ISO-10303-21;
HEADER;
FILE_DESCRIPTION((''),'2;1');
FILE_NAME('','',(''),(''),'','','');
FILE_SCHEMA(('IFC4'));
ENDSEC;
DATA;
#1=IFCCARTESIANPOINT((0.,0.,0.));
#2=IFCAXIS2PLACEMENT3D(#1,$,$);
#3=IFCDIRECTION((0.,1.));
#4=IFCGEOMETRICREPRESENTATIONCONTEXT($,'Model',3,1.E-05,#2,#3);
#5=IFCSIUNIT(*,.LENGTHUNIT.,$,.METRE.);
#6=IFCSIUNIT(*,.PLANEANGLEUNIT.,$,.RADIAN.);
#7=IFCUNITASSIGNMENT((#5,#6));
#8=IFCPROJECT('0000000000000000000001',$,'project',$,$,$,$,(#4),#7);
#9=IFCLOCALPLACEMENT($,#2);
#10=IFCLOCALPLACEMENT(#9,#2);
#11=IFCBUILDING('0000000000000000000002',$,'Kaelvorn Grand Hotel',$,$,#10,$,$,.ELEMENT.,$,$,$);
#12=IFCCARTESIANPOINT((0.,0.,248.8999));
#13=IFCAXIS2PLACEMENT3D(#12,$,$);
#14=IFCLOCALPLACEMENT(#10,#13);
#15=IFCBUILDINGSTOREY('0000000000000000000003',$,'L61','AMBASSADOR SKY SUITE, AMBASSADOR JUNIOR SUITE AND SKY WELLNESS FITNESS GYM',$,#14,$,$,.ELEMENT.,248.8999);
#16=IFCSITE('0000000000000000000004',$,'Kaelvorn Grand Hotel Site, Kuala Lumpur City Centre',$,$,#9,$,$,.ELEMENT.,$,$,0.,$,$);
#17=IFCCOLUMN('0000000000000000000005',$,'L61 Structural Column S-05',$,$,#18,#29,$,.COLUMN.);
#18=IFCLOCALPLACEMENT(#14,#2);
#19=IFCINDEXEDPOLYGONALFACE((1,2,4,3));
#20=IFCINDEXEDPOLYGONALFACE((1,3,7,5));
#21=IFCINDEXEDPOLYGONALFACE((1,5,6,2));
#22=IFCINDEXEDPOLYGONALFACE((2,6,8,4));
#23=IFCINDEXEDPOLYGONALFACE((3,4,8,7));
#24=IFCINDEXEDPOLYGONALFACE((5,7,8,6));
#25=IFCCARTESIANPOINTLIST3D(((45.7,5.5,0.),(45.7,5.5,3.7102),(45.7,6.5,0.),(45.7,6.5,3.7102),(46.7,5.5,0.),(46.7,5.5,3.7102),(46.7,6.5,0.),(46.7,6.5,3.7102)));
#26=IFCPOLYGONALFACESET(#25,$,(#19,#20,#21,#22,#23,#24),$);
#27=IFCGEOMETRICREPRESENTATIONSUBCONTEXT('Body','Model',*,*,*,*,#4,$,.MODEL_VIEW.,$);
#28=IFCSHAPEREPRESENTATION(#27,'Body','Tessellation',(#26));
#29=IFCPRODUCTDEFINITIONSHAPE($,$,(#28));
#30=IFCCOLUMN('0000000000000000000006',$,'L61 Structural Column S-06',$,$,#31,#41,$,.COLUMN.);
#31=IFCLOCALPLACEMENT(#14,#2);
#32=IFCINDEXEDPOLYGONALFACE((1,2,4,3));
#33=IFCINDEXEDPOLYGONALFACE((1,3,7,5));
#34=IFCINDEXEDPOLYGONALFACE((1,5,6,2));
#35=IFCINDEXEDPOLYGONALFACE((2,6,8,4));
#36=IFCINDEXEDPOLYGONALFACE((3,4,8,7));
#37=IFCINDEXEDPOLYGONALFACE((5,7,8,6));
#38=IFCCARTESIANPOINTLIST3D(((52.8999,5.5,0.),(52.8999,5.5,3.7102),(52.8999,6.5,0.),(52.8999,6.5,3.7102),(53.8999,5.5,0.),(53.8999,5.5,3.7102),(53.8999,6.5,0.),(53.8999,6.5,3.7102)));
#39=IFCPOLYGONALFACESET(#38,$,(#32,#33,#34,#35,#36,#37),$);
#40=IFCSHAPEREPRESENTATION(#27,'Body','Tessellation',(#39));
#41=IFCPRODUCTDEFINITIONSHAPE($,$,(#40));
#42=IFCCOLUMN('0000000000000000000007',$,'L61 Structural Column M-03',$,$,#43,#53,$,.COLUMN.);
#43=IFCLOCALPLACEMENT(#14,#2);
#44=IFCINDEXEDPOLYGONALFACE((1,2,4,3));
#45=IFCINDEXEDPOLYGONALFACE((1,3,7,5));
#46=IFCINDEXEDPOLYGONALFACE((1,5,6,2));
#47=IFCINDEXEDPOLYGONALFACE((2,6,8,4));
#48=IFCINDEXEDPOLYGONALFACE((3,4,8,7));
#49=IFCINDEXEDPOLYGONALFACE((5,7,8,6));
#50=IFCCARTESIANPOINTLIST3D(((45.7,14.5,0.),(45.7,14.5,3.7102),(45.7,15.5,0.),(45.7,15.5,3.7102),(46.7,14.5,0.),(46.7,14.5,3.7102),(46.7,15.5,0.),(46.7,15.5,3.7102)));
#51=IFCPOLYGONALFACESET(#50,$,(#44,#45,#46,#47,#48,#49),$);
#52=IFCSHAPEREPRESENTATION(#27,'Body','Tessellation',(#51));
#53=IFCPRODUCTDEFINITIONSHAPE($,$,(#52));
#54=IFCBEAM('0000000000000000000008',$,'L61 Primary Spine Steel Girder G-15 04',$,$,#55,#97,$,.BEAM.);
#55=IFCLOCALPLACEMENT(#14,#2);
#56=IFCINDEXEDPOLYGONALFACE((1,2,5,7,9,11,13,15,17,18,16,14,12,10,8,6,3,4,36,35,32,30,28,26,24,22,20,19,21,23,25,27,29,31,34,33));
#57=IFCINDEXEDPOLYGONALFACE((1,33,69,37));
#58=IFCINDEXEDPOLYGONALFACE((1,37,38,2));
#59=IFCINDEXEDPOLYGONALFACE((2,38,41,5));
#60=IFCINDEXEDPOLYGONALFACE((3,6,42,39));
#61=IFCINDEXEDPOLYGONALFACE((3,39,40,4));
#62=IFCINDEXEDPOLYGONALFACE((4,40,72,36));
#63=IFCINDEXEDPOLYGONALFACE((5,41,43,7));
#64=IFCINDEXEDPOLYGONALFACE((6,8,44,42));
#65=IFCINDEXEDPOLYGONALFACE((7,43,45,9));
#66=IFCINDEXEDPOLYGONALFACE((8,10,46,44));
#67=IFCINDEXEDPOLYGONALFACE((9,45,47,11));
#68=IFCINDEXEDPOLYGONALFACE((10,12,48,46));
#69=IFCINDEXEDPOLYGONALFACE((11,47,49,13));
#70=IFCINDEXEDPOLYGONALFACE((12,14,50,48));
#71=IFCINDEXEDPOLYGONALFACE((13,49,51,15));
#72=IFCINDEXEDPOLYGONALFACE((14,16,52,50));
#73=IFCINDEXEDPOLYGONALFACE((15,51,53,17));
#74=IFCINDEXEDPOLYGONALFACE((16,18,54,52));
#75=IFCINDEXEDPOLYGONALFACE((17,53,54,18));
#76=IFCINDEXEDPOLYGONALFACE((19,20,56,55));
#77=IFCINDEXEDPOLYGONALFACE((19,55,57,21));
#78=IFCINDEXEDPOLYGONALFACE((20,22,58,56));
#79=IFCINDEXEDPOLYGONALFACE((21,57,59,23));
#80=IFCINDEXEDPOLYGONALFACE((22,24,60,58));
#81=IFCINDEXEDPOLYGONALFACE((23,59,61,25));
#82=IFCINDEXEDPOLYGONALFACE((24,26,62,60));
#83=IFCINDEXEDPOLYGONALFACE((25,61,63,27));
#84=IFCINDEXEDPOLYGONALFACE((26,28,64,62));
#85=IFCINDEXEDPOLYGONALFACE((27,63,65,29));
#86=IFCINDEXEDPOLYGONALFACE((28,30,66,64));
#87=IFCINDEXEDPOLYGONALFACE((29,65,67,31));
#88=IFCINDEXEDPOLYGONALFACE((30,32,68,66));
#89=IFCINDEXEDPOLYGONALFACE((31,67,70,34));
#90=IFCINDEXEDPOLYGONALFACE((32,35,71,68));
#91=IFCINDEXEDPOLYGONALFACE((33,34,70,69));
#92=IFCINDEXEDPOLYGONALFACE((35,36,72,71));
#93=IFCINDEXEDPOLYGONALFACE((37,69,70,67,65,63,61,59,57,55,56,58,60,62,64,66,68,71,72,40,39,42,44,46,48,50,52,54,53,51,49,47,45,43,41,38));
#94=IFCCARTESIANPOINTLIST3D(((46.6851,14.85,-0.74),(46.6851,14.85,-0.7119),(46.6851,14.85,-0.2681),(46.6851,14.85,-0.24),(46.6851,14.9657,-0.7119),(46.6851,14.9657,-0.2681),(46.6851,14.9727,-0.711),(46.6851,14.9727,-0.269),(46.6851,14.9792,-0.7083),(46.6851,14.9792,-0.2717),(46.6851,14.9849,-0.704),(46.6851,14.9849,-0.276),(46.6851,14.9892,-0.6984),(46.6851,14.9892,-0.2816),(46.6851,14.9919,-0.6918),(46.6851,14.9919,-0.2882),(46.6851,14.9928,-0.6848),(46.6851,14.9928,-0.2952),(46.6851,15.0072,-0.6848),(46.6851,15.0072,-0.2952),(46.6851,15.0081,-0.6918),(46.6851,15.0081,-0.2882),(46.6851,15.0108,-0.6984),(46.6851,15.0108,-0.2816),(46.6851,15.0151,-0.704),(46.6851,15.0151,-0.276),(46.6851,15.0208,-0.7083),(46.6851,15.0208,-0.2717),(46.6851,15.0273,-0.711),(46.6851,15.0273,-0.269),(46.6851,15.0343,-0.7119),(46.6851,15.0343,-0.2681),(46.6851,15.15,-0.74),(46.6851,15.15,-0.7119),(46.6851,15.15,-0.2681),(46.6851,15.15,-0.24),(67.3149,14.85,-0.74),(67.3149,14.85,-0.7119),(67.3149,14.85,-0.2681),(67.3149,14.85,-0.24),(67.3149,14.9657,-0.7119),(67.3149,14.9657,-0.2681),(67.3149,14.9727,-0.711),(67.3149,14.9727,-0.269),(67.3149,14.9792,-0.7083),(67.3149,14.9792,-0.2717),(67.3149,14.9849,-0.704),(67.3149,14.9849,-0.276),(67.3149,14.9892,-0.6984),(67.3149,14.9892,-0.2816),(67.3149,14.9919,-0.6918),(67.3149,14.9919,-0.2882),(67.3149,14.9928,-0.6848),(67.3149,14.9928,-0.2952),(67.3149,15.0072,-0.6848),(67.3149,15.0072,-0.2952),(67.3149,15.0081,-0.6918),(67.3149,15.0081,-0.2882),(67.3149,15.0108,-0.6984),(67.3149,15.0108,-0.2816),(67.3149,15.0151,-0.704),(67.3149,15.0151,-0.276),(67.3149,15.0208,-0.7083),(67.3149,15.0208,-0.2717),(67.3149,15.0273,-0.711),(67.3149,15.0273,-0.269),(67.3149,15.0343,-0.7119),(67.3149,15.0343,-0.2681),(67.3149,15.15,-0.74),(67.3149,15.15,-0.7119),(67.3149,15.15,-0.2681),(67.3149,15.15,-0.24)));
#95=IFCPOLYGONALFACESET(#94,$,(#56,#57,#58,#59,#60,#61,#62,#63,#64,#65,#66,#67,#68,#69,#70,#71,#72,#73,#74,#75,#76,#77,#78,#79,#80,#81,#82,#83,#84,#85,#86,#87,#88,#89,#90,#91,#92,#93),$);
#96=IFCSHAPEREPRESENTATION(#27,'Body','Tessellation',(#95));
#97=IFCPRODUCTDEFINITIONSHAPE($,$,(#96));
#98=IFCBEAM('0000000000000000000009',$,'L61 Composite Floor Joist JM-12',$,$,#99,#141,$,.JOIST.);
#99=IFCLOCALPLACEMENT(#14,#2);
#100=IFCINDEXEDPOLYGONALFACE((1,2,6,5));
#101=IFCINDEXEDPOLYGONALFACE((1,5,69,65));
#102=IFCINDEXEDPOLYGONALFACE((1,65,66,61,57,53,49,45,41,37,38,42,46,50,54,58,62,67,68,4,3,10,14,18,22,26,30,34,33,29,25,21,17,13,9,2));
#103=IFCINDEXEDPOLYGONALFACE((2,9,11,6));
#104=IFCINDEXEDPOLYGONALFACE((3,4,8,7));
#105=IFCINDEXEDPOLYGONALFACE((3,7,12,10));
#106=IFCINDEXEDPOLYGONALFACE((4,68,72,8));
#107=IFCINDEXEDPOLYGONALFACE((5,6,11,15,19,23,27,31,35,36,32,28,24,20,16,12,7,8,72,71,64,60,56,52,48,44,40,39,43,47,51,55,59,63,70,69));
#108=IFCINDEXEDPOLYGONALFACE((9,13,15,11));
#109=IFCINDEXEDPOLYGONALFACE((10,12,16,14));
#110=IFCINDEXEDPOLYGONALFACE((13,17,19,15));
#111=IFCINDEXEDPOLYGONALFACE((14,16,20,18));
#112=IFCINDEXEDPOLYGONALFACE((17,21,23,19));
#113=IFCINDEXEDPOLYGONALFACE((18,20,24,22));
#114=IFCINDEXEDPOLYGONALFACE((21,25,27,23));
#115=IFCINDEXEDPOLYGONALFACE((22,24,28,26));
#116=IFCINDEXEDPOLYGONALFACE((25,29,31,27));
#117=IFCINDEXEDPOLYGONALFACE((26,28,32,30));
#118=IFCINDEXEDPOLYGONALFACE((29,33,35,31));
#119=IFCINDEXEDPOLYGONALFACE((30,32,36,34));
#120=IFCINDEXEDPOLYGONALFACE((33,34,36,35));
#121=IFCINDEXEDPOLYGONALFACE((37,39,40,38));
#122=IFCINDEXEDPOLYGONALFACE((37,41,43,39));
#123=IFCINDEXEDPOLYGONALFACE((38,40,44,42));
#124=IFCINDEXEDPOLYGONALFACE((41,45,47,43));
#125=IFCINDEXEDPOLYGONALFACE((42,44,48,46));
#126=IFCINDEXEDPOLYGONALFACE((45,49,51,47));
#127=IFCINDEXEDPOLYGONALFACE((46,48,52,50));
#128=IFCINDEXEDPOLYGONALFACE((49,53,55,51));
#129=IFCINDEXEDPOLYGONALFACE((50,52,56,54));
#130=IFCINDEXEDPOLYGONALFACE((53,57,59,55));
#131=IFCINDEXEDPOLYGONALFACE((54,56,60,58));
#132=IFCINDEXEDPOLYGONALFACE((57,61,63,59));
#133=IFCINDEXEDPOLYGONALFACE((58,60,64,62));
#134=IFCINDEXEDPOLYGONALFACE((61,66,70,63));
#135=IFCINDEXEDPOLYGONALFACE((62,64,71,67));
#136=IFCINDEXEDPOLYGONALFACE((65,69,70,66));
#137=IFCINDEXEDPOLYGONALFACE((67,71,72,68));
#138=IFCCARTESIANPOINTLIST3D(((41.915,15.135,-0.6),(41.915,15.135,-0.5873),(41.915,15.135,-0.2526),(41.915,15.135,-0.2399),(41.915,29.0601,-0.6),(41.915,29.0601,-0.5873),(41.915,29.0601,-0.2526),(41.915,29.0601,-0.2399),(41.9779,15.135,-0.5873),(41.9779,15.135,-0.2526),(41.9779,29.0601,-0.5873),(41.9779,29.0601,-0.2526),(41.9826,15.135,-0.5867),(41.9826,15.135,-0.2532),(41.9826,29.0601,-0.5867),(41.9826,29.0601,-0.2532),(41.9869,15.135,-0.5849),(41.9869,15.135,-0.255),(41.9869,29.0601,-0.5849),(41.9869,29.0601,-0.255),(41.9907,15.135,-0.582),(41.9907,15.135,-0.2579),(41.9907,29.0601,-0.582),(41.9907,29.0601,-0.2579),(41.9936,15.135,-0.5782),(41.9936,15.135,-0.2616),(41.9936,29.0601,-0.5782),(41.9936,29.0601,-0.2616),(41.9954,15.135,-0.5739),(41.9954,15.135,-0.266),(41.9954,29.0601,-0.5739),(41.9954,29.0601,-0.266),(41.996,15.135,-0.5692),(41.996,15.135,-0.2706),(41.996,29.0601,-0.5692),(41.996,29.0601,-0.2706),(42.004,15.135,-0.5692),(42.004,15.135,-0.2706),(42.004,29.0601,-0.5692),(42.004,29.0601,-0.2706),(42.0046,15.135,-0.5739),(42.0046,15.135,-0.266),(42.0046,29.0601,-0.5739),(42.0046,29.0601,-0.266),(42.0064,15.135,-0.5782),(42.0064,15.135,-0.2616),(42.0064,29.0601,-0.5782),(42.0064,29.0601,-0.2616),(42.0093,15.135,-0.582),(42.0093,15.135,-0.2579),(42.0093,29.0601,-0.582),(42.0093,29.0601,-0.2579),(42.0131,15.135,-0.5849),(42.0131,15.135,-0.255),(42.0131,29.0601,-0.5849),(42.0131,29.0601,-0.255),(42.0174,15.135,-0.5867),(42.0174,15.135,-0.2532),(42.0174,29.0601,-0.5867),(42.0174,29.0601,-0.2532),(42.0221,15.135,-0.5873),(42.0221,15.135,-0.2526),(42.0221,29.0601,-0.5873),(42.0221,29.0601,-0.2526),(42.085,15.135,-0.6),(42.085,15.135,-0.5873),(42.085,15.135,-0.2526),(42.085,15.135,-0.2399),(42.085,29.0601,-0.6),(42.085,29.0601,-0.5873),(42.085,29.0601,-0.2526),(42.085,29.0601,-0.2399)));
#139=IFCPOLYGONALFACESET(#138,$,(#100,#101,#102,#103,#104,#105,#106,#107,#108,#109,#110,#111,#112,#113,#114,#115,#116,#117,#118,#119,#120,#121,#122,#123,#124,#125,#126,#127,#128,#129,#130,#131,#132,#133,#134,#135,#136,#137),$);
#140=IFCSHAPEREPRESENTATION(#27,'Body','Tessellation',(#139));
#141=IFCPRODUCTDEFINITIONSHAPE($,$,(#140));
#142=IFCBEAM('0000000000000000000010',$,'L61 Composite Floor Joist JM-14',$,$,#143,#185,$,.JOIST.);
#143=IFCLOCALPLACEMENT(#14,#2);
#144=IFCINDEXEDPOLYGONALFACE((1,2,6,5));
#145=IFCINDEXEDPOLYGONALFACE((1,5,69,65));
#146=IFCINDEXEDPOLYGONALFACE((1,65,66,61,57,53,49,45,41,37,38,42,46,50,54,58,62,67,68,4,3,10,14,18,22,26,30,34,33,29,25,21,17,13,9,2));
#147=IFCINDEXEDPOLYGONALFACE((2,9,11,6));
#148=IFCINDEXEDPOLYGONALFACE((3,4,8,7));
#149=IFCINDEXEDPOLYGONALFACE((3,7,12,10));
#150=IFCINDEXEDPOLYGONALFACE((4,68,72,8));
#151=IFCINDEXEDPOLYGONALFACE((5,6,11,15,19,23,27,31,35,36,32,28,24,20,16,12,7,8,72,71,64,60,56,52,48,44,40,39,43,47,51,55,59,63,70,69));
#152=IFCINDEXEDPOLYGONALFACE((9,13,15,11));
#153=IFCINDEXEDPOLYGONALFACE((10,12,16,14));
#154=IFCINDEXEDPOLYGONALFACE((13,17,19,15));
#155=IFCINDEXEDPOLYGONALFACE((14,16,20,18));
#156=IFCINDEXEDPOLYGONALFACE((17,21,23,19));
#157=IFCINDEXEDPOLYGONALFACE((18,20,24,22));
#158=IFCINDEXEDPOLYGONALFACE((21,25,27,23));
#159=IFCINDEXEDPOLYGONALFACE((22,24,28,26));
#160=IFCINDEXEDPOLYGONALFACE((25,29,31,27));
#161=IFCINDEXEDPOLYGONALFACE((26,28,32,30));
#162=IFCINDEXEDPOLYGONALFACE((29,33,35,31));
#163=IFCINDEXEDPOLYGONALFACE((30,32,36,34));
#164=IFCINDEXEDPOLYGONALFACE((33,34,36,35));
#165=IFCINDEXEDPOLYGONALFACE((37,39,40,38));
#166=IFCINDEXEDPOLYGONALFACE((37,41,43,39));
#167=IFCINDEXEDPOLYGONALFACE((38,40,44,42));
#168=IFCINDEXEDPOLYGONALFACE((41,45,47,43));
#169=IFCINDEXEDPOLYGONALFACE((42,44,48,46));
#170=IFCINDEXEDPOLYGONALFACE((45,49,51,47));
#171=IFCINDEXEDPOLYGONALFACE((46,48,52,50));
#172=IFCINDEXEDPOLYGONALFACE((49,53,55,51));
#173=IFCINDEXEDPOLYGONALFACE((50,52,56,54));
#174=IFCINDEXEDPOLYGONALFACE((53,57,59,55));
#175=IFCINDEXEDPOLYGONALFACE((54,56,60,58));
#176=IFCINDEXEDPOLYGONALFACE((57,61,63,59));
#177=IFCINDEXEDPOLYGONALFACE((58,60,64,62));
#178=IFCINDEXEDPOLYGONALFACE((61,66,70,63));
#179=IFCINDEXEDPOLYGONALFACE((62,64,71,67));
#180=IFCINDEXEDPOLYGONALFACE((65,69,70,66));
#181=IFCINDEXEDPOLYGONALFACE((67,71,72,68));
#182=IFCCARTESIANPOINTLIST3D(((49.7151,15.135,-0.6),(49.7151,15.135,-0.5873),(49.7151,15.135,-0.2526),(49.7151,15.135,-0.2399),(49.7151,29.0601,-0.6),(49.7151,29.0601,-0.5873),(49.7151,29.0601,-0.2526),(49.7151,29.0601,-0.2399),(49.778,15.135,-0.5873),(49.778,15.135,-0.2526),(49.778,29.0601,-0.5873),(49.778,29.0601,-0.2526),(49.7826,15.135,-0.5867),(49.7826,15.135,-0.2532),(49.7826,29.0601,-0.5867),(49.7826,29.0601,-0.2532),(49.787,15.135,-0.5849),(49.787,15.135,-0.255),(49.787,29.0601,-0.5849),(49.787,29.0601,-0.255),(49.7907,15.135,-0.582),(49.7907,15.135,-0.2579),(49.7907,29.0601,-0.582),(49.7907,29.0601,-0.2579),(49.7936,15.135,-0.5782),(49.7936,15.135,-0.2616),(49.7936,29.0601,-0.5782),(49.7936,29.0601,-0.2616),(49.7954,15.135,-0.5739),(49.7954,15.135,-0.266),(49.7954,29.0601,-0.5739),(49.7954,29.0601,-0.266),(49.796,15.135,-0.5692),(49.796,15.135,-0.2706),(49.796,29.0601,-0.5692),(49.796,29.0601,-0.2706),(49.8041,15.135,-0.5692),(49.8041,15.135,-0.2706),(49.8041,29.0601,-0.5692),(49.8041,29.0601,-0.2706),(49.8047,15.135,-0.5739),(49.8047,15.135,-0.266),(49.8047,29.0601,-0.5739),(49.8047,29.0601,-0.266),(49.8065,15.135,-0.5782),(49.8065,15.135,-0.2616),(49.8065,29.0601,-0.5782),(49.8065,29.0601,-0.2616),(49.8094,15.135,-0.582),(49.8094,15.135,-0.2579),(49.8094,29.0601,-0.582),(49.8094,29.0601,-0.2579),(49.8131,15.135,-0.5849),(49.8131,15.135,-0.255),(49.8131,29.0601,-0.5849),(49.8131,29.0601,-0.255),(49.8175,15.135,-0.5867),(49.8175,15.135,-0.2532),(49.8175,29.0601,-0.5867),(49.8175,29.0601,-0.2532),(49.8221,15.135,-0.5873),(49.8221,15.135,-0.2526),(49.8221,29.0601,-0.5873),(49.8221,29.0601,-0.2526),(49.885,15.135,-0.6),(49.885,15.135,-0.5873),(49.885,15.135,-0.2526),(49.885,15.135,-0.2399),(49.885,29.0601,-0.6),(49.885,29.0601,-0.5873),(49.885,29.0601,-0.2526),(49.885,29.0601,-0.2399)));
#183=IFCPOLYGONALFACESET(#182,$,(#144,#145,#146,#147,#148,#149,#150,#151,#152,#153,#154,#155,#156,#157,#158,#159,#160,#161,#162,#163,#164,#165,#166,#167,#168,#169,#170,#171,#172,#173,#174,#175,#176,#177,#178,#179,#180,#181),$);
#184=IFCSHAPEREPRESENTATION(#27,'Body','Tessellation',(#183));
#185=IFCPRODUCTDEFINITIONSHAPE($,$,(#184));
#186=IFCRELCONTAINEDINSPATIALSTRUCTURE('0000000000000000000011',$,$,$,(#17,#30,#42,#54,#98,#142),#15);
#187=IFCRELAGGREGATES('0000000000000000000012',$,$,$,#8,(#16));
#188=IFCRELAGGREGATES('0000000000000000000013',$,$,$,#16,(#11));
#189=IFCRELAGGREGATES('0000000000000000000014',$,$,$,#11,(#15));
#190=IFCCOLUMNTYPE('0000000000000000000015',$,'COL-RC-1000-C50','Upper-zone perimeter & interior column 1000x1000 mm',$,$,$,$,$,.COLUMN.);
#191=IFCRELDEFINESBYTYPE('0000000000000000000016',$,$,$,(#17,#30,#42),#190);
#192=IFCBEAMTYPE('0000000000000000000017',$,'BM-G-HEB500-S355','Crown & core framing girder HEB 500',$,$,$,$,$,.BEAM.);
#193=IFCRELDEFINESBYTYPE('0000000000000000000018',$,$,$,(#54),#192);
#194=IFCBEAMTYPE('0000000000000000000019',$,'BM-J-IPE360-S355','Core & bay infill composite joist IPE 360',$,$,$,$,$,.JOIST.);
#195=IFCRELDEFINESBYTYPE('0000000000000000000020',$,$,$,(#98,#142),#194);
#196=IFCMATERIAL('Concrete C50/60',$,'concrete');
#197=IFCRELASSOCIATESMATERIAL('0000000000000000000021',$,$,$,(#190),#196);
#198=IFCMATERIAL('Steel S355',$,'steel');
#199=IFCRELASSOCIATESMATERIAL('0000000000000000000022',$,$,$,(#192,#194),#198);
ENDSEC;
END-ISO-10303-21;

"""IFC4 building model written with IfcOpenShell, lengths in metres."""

from ifc_helpers import new_model, si_unit, direction, frame, origin, origin_2d, place, context, subcontext, project, spatial, rectangle, i_section, extrude, material, material_profile, profile_set, type_object, element, save


model = new_model("IFC4")

# Units and contexts
model_context = context("Model", 3, precision=1e-05, world=origin(), true_north=direction((0.0, 1.0)))
body_context = subcontext(model_context, "Body", "Model", "MODEL_VIEW")
ifc_project = project(units=[si_unit("LENGTHUNIT", "METRE"), si_unit("PLANEANGLEUNIT", "RADIAN")], contexts=[model_context])

# Site, building, storey
site_placement = place(None, origin())
site = spatial("IfcSite", under=ifc_project, at=site_placement, Name="Kaelvorn Grand Hotel Site, Kuala Lumpur City Centre", CompositionType="ELEMENT", RefElevation=0.0)
building_placement = place(site_placement, origin())
building = spatial("IfcBuilding", under=site, at=building_placement, Name="Kaelvorn Grand Hotel", CompositionType="ELEMENT")
storey_placement = place(building_placement, frame((0.0, 0.0, 248.8999)))
storey = spatial("IfcBuildingStorey", under=building, at=storey_placement, Name="L61", Description="AMBASSADOR SKY SUITE, AMBASSADOR JUNIOR SUITE AND SKY WELLNESS FITNESS GYM", CompositionType="ELEMENT", Elevation=248.8999)

# Columns
ifc_material_1 = material(Name="Concrete C50/60", Category="concrete")
ifc_material_profile_1 = material_profile(ifc_material_1, rectangle(XDim=1.0, YDim=1.0, at=origin_2d()), Name="RC COL 1000x1000")
ifc_profile_set_1 = profile_set([ifc_material_profile_1], Name="Concrete C50/60")
column_type = type_object("IfcColumnType", Name="COL-RC-1000-C50", Description="Upper-zone perimeter & interior column 1000x1000 mm", PredefinedType="COLUMN", material=ifc_profile_set_1)
for number, where, z_axis, x_axis, name in (
    (1, (46.2, 6.0, 0.0), (0.0, 0.0, 1.0), (1.0, 0.0, 0.0), "L61 Structural Column S-05"),
    (2, (53.3999, 6.0, 0.0), (0.0, 0.0, 1.0), (1.0, 0.0, 0.0), "L61 Structural Column S-06"),
    (3, (46.2, 15.0, 0.0), (0.0, 0.0, 1.0), (1.0, 0.0, 0.0), "L61 Structural Column M-03"),
):
    element("IfcColumn", number, at=place(storey_placement, frame(where, z_axis=z_axis, x_axis=x_axis)), inside=storey, type_object=column_type, Name=name, PredefinedType="COLUMN", context=body_context, shape_type="SweptSolid", body=[
        extrude(rectangle(XDim=1.0, YDim=1.0, at=origin_2d()), origin(), (0.0, 0.0, 1.0), 3.7102),
    ])

# Beams
ifc_material_2 = material(Name="Steel S355", Category="steel")
ifc_material_profile_2 = material_profile(ifc_material_2, i_section(OverallWidth=0.3, OverallDepth=0.5, WebThickness=0.0144, FlangeThickness=0.0281, FilletRadius=0.0271, at=origin_2d()), Name="HEB 500")
ifc_profile_set_2 = profile_set([ifc_material_profile_2], Name="Steel S355")
beam_type_1 = type_object("IfcBeamType", Name="BM-G-HEB500-S355", Description="Crown & core framing girder HEB 500", PredefinedType="BEAM", material=ifc_profile_set_2)
beam_1_placement = place(storey_placement, frame((46.6851, 15.0, -0.49), z_axis=(1.0, 0.0, 0.0), x_axis=(0.0, 1.0, 0.0)))
element("IfcBeam", 4, at=beam_1_placement, inside=storey, type_object=beam_type_1, Name="L61 Primary Spine Steel Girder G-15 04", PredefinedType="BEAM", context=body_context, shape_type="SweptSolid", body=[
    extrude(i_section(OverallWidth=0.3, OverallDepth=0.5, WebThickness=0.0144, FlangeThickness=0.0281, FilletRadius=0.0271, at=origin_2d()), origin(), (0.0, 0.0, 1.0), 20.6299),
])
ifc_material_profile_3 = material_profile(ifc_material_2, i_section(OverallWidth=0.1699, OverallDepth=0.3601, WebThickness=0.0081, FlangeThickness=0.0127, FilletRadius=0.0181, at=origin_2d()), Name="IPE 360")
ifc_profile_set_3 = profile_set([ifc_material_profile_3], Name="Steel S355")
beam_type_2 = type_object("IfcBeamType", Name="BM-J-IPE360-S355", Description="Core & bay infill composite joist IPE 360", PredefinedType="JOIST", material=ifc_profile_set_3)
for number, where, z_axis, x_axis, name in (
    (5, (42.0, 15.135, -0.4199), (0.0, 1.0, 0.0), (-1.0, 0.0, 0.0), "L61 Composite Floor Joist JM-12"),
    (6, (49.8, 15.135, -0.4199), (0.0, 1.0, 0.0), (-1.0, 0.0, 0.0), "L61 Composite Floor Joist JM-14"),
):
    element("IfcBeam", number, at=place(storey_placement, frame(where, z_axis=z_axis, x_axis=x_axis)), inside=storey, type_object=beam_type_2, Name=name, PredefinedType="JOIST", context=body_context, shape_type="SweptSolid", body=[
        extrude(i_section(OverallWidth=0.1699, OverallDepth=0.3601, WebThickness=0.0081, FlangeThickness=0.0127, FilletRadius=0.0181, at=origin_2d()), origin(), (0.0, 0.0, 1.0), 13.925),
    ])

save(model, "model.ifc")
